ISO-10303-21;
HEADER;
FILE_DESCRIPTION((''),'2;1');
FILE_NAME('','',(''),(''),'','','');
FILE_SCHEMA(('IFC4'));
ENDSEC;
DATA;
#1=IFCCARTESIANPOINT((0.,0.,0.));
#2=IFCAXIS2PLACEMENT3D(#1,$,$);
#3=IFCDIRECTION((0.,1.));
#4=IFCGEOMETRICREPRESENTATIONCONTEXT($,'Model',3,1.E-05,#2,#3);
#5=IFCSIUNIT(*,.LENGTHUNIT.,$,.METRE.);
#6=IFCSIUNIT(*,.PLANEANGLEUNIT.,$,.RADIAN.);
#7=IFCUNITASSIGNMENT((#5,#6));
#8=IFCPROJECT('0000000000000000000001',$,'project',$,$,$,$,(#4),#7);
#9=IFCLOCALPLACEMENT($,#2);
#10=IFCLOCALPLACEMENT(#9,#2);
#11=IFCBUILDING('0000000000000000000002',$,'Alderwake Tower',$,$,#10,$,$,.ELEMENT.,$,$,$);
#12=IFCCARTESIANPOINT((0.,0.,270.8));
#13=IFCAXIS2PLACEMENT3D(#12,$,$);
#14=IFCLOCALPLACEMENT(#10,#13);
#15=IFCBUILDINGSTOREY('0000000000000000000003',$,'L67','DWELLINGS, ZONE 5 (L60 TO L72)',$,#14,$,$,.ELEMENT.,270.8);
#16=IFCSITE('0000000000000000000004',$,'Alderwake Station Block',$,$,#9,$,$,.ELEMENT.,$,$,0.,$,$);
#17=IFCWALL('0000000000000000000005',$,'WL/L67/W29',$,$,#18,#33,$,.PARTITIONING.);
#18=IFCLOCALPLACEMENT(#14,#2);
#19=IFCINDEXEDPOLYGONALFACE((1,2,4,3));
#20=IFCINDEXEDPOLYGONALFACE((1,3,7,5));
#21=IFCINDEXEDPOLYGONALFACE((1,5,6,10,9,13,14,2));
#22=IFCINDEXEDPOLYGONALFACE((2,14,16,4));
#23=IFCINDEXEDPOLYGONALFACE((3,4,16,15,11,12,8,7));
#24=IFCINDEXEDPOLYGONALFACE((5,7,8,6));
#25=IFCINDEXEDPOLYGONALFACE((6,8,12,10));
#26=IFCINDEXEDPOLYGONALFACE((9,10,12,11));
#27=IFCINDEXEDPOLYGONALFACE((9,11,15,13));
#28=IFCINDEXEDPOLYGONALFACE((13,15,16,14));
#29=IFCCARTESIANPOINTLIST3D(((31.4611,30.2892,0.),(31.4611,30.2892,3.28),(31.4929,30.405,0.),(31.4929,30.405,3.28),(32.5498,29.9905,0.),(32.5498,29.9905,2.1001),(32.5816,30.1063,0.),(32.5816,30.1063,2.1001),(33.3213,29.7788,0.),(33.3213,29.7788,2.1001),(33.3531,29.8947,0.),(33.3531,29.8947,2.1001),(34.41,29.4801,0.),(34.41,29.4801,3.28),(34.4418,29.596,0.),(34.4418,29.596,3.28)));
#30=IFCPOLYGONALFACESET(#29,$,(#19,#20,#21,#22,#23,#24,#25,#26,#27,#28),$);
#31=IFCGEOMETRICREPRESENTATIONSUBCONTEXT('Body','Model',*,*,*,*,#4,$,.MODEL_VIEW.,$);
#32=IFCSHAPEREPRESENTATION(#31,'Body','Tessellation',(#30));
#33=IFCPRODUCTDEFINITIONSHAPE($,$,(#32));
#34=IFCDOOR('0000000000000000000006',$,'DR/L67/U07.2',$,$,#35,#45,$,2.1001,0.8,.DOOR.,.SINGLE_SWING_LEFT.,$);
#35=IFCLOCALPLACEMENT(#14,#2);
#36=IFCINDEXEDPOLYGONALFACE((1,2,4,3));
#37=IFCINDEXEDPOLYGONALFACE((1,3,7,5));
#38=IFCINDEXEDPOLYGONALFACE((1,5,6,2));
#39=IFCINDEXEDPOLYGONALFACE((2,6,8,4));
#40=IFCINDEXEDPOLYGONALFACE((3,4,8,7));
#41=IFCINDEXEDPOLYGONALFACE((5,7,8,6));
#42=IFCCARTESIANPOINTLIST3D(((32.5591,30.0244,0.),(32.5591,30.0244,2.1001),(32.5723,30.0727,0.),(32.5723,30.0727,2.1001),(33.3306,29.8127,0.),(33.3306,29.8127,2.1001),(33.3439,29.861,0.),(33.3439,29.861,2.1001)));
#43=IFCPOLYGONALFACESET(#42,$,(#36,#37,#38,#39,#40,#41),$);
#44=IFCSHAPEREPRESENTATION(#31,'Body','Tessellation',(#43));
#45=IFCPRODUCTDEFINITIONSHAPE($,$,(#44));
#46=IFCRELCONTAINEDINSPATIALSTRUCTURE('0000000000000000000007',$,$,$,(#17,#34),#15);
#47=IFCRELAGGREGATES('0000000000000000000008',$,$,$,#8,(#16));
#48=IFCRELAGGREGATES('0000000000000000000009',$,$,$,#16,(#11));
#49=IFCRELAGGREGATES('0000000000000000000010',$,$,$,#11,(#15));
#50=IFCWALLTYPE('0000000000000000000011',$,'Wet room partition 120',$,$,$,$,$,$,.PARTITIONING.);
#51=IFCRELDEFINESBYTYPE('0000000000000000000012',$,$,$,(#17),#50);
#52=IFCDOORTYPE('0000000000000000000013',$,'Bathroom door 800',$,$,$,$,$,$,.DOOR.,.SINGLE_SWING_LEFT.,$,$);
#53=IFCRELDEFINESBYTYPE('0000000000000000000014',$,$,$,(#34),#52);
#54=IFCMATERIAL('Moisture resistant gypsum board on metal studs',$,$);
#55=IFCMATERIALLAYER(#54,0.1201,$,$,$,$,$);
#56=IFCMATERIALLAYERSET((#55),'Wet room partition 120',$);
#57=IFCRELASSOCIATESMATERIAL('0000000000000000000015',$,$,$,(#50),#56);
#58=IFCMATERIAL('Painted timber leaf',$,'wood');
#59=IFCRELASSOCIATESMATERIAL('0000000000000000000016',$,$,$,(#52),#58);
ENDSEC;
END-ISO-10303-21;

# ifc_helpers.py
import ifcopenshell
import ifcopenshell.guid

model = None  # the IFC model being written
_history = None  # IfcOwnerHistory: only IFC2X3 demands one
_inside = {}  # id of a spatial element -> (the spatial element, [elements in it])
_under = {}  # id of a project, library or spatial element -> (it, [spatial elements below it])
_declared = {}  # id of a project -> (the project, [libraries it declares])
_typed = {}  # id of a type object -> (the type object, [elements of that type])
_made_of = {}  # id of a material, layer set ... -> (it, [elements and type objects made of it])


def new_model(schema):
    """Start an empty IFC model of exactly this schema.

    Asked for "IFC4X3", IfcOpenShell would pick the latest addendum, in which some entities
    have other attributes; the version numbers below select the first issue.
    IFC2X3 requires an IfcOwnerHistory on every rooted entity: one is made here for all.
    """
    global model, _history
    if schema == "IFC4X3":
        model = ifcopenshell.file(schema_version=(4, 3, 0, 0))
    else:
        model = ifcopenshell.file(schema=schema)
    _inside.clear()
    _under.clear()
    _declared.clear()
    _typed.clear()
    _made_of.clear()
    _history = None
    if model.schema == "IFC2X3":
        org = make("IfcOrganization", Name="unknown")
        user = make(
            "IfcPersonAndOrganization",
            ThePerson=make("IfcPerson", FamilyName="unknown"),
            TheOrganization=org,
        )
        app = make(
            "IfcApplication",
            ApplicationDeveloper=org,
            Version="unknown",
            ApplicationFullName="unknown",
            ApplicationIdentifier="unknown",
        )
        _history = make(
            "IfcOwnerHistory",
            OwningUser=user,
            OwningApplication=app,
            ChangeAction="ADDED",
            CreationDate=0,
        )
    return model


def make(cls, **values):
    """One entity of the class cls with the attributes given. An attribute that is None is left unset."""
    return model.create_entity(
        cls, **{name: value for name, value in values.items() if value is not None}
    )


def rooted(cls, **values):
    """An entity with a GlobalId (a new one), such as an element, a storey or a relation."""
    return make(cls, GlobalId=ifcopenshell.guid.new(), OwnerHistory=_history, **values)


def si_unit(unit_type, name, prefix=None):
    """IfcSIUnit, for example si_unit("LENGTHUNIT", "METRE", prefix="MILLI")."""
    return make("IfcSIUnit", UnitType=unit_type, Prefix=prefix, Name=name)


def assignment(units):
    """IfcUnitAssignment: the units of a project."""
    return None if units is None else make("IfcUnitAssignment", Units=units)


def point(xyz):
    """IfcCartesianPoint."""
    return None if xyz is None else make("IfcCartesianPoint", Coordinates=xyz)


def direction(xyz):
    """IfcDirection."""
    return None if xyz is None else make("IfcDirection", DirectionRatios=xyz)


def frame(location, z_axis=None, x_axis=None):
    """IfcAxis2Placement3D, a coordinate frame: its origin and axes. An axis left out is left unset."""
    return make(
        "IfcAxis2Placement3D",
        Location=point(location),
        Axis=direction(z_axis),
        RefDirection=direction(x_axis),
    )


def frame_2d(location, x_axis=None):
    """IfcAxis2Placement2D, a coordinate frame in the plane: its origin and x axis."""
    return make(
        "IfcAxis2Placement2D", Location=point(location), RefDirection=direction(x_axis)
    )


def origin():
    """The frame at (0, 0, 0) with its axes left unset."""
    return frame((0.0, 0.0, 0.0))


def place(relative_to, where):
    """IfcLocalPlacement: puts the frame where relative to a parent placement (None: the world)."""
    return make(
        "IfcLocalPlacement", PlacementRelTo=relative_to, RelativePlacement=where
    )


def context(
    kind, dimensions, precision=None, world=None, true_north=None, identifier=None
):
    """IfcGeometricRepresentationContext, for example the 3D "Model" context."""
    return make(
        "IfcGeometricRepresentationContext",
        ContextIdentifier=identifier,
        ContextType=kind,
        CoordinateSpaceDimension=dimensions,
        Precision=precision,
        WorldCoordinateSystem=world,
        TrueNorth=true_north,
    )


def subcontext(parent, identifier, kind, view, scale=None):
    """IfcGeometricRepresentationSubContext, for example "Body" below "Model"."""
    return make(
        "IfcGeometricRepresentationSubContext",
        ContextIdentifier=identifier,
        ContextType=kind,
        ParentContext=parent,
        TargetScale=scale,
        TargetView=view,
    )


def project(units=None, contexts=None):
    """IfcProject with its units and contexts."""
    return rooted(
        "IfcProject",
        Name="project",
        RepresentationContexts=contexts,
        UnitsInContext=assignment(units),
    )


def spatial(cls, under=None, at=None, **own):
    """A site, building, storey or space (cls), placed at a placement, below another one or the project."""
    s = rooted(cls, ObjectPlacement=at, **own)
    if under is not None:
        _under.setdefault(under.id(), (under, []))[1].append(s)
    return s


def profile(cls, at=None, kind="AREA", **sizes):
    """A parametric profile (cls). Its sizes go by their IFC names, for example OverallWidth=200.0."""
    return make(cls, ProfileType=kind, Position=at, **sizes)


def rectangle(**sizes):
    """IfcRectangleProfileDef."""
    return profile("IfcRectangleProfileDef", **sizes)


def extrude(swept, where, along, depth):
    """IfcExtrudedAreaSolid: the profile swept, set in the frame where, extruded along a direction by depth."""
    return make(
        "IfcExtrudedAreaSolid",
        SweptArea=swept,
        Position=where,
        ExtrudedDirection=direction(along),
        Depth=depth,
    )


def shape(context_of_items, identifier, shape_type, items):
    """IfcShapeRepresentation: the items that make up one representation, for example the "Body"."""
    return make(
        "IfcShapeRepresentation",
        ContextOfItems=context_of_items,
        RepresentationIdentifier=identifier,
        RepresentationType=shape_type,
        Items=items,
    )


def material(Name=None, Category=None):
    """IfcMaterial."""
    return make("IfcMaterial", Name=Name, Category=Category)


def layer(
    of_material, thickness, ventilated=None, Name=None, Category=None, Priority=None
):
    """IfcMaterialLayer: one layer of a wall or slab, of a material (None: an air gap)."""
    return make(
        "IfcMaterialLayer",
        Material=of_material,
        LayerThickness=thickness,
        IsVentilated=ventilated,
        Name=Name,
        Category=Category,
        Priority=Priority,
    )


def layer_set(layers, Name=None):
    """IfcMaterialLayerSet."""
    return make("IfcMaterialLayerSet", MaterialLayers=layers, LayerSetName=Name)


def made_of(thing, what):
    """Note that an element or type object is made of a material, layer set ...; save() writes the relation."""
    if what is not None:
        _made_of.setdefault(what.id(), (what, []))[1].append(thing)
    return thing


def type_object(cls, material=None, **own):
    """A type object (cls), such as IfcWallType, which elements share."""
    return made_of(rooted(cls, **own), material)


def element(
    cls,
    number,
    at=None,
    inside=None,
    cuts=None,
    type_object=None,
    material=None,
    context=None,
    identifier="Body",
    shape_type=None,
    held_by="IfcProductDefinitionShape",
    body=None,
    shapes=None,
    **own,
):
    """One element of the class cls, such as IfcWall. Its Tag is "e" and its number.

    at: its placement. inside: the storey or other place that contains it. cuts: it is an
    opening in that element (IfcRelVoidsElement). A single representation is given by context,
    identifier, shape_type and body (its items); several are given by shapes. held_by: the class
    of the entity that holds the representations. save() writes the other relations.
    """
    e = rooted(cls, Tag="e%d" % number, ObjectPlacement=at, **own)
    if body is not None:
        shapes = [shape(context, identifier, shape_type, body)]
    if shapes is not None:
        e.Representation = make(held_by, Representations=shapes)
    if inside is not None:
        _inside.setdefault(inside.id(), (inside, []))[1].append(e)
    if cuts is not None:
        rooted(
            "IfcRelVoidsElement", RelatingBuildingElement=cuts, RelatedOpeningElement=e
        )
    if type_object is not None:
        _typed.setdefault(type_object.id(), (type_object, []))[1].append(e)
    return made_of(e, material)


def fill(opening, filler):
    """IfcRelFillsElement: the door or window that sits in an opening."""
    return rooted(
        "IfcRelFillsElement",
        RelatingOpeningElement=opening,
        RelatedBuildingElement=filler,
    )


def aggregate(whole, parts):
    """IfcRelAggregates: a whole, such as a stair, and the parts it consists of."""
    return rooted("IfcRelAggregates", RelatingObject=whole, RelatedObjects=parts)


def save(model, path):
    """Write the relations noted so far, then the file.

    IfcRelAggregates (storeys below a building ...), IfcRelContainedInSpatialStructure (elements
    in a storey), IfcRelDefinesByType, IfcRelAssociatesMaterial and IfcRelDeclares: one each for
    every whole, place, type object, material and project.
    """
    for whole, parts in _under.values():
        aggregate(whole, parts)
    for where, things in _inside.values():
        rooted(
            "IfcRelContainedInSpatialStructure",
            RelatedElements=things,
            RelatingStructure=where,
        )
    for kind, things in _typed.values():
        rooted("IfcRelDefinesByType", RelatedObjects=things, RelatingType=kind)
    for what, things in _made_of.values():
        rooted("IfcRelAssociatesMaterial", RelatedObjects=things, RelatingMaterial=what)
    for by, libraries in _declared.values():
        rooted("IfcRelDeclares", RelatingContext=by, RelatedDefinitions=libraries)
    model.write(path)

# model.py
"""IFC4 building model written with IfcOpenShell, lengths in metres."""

from ifc_helpers import new_model, si_unit, direction, frame, frame_2d, origin, place, context, subcontext, project, spatial, rectangle, extrude, material, layer, layer_set, type_object, element, fill, save


model = new_model("IFC4")

# Units and contexts
model_context = context("Model", 3, precision=1e-05, world=origin(), true_north=direction((0.0, 1.0)))
body_context = subcontext(model_context, "Body", "Model", "MODEL_VIEW")
ifc_project = project(units=[si_unit("LENGTHUNIT", "METRE"), si_unit("PLANEANGLEUNIT", "RADIAN")], contexts=[model_context])

# Site, building, storey
site_placement = place(None, origin())
site = spatial("IfcSite", under=ifc_project, at=site_placement, Name="Alderwake Station Block", CompositionType="ELEMENT", RefElevation=0.0)
building_placement = place(site_placement, origin())
building = spatial("IfcBuilding", under=site, at=building_placement, Name="Alderwake Tower", CompositionType="ELEMENT")
storey_placement = place(building_placement, frame((0.0, 0.0, 270.8)))
storey = spatial("IfcBuildingStorey", under=building, at=storey_placement, Name="L67", Description="DWELLINGS, ZONE 5 (L60 TO L72)", CompositionType="ELEMENT", Elevation=270.8)

# Shared definitions
ifc_material_1 = material(Name="Moisture resistant gypsum board on metal studs")
ifc_layer_1 = layer(ifc_material_1, 0.1201)
ifc_layer_set_1 = layer_set([ifc_layer_1], Name="Wet room partition 120")
wall_type_1 = type_object("IfcWallType", Name="Wet room partition 120", PredefinedType="PARTITIONING", material=ifc_layer_set_1)

# Wall, opening, door
wall_1_placement = place(storey_placement, frame((34.4258, 29.5381, 0.0), z_axis=(0.0, 0.0, 1.0), x_axis=(-0.964363, 0.264583, 0.0)))
wall_1 = element("IfcWall", 1, at=wall_1_placement, inside=storey, type_object=wall_type_1, Name="WL/L67/W29", PredefinedType="PARTITIONING", context=body_context, shape_type="SweptSolid", body=[
    extrude(rectangle(XDim=3.0579, YDim=0.1201, at=frame_2d((1.5288, 0.0))), origin(), (0.0, 0.0, 1.0), 3.28),
])
opening_1_placement = place(wall_1_placement, frame((1.1289, 0.0, 0.0)))
opening_1 = element("IfcOpeningElement", 2, at=opening_1_placement, cuts=wall_1, PredefinedType="OPENING", context=body_context, shape_type="SweptSolid", body=[
    extrude(rectangle(XDim=0.8, YDim=2.1001, at=frame_2d((0.3999, 1.05))), frame((0.0, 0.0701, 0.0), z_axis=(0.0, -1.0, 0.0), x_axis=(1.0, 0.0, 0.0)), (0.0, 0.0, 1.0), 0.1401),
])
ifc_material_2 = material(Name="Painted timber leaf", Category="wood")
door_type_1 = type_object("IfcDoorType", Name="Bathroom door 800", OperationType="SINGLE_SWING_LEFT", PredefinedType="DOOR", material=ifc_material_2)
door_1_placement = place(opening_1_placement, origin())
door_1 = element("IfcDoor", 3, at=door_1_placement, inside=storey, type_object=door_type_1, Name="DR/L67/U07.2", OperationType="SINGLE_SWING_LEFT", OverallHeight=2.1001, OverallWidth=0.8, PredefinedType="DOOR", context=body_context, shape_type="SweptSolid", body=[
    extrude(rectangle(XDim=0.8, YDim=2.1001, at=frame_2d((0.3999, 1.05))), frame((0.0, 0.0249, 0.0), z_axis=(0.0, -1.0, 0.0), x_axis=(1.0, 0.0, 0.0)), (0.0, 0.0, 1.0), 0.05),
])
fill(opening_1, door_1)

save(model, "model.ifc")
